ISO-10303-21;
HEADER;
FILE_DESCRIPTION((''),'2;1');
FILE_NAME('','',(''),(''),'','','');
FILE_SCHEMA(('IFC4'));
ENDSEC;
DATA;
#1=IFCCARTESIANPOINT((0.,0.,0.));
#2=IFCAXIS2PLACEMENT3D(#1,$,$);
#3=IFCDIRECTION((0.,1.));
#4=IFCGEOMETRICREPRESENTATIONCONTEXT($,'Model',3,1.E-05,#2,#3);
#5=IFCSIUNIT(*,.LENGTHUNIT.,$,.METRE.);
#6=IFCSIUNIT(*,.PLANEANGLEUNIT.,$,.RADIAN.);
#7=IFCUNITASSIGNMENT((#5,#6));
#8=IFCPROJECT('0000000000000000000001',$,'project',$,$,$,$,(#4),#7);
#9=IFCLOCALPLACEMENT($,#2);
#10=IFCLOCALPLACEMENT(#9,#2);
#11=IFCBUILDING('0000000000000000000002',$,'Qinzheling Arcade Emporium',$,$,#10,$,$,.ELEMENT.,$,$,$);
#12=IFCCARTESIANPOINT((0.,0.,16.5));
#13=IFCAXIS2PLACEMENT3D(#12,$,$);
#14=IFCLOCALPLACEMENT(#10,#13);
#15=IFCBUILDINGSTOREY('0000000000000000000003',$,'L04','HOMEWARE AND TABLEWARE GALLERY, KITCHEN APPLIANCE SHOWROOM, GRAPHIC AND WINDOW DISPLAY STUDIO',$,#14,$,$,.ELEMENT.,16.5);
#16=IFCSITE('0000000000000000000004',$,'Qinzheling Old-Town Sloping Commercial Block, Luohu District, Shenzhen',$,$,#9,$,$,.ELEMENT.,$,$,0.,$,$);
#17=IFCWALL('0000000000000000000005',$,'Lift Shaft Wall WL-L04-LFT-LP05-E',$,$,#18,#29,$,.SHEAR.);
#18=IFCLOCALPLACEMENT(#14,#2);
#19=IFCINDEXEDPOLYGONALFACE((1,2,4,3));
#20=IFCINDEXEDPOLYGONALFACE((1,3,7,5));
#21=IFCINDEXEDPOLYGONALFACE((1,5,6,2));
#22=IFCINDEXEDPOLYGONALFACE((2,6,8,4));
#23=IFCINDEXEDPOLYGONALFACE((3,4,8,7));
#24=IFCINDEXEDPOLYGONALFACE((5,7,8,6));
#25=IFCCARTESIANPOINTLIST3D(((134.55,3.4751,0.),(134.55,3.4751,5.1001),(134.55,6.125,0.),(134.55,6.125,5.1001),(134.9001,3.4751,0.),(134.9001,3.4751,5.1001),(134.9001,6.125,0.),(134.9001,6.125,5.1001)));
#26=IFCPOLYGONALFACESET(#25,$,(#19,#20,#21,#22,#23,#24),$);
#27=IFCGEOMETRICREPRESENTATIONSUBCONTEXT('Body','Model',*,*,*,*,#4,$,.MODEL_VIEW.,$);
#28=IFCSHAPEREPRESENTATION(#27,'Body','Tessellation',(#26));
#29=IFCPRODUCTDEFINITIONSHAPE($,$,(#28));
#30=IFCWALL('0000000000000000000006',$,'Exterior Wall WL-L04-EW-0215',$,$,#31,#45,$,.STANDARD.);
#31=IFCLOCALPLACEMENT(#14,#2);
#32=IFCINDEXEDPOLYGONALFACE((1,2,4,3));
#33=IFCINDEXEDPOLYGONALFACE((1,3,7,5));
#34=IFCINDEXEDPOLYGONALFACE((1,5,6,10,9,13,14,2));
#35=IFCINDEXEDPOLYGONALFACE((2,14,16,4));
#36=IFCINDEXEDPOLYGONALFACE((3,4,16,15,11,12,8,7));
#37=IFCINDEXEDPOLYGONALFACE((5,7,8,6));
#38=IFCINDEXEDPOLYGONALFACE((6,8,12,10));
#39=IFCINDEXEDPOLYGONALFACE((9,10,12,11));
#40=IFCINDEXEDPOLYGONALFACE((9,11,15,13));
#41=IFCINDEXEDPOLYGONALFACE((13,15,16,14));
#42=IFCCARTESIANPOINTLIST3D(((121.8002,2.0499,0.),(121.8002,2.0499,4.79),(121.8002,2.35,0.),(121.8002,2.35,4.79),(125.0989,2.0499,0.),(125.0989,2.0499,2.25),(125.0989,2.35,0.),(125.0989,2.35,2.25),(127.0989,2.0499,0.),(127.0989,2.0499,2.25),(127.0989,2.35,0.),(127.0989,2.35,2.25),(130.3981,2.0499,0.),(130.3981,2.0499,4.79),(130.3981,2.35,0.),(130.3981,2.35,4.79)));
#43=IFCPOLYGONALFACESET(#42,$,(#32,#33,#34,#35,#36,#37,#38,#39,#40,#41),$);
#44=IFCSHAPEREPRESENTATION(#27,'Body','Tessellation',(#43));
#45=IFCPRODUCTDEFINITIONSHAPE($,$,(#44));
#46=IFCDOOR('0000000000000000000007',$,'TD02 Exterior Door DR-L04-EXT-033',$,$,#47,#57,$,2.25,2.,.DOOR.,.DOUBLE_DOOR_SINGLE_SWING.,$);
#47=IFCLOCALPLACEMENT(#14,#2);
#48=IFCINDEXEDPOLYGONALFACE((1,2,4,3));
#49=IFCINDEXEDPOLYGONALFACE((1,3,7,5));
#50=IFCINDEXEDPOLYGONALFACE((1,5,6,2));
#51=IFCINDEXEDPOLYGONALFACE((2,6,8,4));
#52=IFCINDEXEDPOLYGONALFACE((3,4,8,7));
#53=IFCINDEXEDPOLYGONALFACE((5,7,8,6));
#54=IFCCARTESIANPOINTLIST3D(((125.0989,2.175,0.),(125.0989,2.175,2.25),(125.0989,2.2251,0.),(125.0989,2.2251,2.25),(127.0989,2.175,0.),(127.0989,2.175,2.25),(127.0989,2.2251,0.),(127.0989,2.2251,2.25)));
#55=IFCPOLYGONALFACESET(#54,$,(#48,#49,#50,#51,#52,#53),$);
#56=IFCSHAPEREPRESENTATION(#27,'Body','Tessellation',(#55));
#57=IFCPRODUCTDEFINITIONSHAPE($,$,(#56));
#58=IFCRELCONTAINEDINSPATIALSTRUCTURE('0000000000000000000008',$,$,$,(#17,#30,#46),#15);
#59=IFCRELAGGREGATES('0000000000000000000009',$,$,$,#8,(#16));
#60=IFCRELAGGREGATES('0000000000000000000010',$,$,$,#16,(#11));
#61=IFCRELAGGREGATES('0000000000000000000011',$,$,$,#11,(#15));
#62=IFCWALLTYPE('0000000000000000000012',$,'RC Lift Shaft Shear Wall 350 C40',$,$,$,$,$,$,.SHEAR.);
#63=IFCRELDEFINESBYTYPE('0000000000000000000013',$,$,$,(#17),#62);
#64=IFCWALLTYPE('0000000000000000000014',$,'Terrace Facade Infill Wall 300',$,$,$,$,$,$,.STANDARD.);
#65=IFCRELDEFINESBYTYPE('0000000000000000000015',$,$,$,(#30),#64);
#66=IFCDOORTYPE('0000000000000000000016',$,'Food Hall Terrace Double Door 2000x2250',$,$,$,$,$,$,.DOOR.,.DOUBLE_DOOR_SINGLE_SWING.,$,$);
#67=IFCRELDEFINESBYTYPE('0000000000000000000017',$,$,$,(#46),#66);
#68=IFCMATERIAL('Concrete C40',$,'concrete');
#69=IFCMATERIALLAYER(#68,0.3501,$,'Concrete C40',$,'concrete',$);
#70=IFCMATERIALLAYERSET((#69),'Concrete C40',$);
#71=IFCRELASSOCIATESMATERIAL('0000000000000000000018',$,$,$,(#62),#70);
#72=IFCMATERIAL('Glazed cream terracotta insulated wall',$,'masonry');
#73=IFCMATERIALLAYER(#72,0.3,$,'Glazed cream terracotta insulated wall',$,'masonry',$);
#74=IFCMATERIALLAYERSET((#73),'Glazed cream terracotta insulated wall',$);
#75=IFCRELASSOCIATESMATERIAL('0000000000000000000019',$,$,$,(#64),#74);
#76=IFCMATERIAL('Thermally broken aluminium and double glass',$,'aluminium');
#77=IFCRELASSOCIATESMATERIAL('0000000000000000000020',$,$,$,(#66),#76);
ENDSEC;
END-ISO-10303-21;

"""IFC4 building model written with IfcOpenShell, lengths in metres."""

from ifc_helpers import new_model, si_unit, direction, frame, frame_2d, origin, place, context, subcontext, project, spatial, rectangle, extrude, material, layer, layer_set, type_object, element, fill, save


model = new_model("IFC4")

# Units and contexts
model_context = context("Model", 3, precision=1e-05, world=origin(), true_north=direction((0.0, 1.0)))
body_context = subcontext(model_context, "Body", "Model", "MODEL_VIEW")
ifc_project = project(units=[si_unit("LENGTHUNIT", "METRE"), si_unit("PLANEANGLEUNIT", "RADIAN")], contexts=[model_context])

# Site, building, storey
site_placement = place(None, origin())
site = spatial("IfcSite", under=ifc_project, at=site_placement, Name="Qinzheling Old-Town Sloping Commercial Block, Luohu District, Shenzhen", CompositionType="ELEMENT", RefElevation=0.0)
building_placement = place(site_placement, origin())
building = spatial("IfcBuilding", under=site, at=building_placement, Name="Qinzheling Arcade Emporium", CompositionType="ELEMENT")
storey_placement = place(building_placement, frame((0.0, 0.0, 16.5)))
storey = spatial("IfcBuildingStorey", under=building, at=storey_placement, Name="L04", Description="HOMEWARE AND TABLEWARE GALLERY, KITCHEN APPLIANCE SHOWROOM, GRAPHIC AND WINDOW DISPLAY STUDIO", CompositionType="ELEMENT", Elevation=16.5)

# Shared definitions
ifc_material_1 = material(Name="Concrete C40", Category="concrete")

# Shared definitions
ifc_layer_1 = layer(ifc_material_1, 0.3501, Name="Concrete C40", Category="concrete")
ifc_layer_set_1 = layer_set([ifc_layer_1], Name="Concrete C40")
wall_type_1 = type_object("IfcWallType", Name="RC Lift Shaft Shear Wall 350 C40", PredefinedType="SHEAR", material=ifc_layer_set_1)

# Wall
for number, where, z_axis, x_axis, name in (
    (1, (134.7251, 6.125, 0.0), (0.0, 0.0, 1.0), (0.0, -1.0, 0.0), "Lift Shaft Wall WL-L04-LFT-LP05-E"),
):
    element("IfcWall", number, at=place(storey_placement, frame(where, z_axis=z_axis, x_axis=x_axis)), inside=storey, type_object=wall_type_1, Name=name, PredefinedType="SHEAR", context=body_context, shape_type="SweptSolid", body=[
        extrude(rectangle(XDim=2.6499, YDim=0.3501, at=frame_2d((1.325, 0.0))), origin(), (0.0, 0.0, 1.0), 5.1001),
    ])

# Wall, opening, door
ifc_material_2 = material(Name="Glazed cream terracotta insulated wall", Category="masonry")
ifc_layer_2 = layer(ifc_material_2, 0.3, Name="Glazed cream terracotta insulated wall", Category="masonry")
ifc_layer_set_2 = layer_set([ifc_layer_2], Name="Glazed cream terracotta insulated wall")
wall_type_2 = type_object("IfcWallType", Name="Terrace Facade Infill Wall 300", PredefinedType="STANDARD", material=ifc_layer_set_2)
wall_1_placement = place(storey_placement, frame((130.3979, 2.2, 0.0), z_axis=(0.0, 0.0, 1.0), x_axis=(-1.0, 0.0, 0.0)))
wall_1 = element("IfcWall", 2, at=wall_1_placement, inside=storey, type_object=wall_type_2, Name="Exterior Wall WL-L04-EW-0215", PredefinedType="STANDARD", context=body_context, shape_type="SweptSolid", body=[
    extrude(rectangle(XDim=8.5979, YDim=0.3, at=frame_2d((4.2988, 0.0))), origin(), (0.0, 0.0, 1.0), 4.79),
])
opening_1_placement = place(wall_1_placement, frame((3.2991, 0.0, 0.0)))
opening_1 = element("IfcOpeningElement", 3, at=opening_1_placement, cuts=wall_1, PredefinedType="OPENING", context=body_context, shape_type="SweptSolid", body=[
    extrude(rectangle(XDim=2.0, YDim=2.25, at=frame_2d((1.0, 1.125))), frame((0.0, 0.1602, 0.0), z_axis=(0.0, -1.0, 0.0), x_axis=(1.0, 0.0, 0.0)), (0.0, 0.0, 1.0), 0.3201),
])
ifc_material_3 = material(Name="Thermally broken aluminium and double glass", Category="aluminium")
door_type_1 = type_object("IfcDoorType", Name="Food Hall Terrace Double Door 2000x2250", OperationType="DOUBLE_DOOR_SINGLE_SWING", PredefinedType="DOOR", material=ifc_material_3)
door_1_placement = place(opening_1_placement, origin())
door_1 = element("IfcDoor", 4, at=door_1_placement, inside=storey, type_object=door_type_1, Name="TD02 Exterior Door DR-L04-EXT-033", OperationType="DOUBLE_DOOR_SINGLE_SWING", OverallHeight=2.25, OverallWidth=2.0, PredefinedType="DOOR", context=body_context, shape_type="SweptSolid", body=[
    extrude(rectangle(XDim=2.0, YDim=2.25, at=frame_2d((1.0, 1.125))), frame((0.0, 0.0249, 0.0), z_axis=(0.0, -1.0, 0.0), x_axis=(1.0, 0.0, 0.0)), (0.0, 0.0, 1.0), 0.05),
])
fill(opening_1, door_1)

save(model, "model.ifc")
